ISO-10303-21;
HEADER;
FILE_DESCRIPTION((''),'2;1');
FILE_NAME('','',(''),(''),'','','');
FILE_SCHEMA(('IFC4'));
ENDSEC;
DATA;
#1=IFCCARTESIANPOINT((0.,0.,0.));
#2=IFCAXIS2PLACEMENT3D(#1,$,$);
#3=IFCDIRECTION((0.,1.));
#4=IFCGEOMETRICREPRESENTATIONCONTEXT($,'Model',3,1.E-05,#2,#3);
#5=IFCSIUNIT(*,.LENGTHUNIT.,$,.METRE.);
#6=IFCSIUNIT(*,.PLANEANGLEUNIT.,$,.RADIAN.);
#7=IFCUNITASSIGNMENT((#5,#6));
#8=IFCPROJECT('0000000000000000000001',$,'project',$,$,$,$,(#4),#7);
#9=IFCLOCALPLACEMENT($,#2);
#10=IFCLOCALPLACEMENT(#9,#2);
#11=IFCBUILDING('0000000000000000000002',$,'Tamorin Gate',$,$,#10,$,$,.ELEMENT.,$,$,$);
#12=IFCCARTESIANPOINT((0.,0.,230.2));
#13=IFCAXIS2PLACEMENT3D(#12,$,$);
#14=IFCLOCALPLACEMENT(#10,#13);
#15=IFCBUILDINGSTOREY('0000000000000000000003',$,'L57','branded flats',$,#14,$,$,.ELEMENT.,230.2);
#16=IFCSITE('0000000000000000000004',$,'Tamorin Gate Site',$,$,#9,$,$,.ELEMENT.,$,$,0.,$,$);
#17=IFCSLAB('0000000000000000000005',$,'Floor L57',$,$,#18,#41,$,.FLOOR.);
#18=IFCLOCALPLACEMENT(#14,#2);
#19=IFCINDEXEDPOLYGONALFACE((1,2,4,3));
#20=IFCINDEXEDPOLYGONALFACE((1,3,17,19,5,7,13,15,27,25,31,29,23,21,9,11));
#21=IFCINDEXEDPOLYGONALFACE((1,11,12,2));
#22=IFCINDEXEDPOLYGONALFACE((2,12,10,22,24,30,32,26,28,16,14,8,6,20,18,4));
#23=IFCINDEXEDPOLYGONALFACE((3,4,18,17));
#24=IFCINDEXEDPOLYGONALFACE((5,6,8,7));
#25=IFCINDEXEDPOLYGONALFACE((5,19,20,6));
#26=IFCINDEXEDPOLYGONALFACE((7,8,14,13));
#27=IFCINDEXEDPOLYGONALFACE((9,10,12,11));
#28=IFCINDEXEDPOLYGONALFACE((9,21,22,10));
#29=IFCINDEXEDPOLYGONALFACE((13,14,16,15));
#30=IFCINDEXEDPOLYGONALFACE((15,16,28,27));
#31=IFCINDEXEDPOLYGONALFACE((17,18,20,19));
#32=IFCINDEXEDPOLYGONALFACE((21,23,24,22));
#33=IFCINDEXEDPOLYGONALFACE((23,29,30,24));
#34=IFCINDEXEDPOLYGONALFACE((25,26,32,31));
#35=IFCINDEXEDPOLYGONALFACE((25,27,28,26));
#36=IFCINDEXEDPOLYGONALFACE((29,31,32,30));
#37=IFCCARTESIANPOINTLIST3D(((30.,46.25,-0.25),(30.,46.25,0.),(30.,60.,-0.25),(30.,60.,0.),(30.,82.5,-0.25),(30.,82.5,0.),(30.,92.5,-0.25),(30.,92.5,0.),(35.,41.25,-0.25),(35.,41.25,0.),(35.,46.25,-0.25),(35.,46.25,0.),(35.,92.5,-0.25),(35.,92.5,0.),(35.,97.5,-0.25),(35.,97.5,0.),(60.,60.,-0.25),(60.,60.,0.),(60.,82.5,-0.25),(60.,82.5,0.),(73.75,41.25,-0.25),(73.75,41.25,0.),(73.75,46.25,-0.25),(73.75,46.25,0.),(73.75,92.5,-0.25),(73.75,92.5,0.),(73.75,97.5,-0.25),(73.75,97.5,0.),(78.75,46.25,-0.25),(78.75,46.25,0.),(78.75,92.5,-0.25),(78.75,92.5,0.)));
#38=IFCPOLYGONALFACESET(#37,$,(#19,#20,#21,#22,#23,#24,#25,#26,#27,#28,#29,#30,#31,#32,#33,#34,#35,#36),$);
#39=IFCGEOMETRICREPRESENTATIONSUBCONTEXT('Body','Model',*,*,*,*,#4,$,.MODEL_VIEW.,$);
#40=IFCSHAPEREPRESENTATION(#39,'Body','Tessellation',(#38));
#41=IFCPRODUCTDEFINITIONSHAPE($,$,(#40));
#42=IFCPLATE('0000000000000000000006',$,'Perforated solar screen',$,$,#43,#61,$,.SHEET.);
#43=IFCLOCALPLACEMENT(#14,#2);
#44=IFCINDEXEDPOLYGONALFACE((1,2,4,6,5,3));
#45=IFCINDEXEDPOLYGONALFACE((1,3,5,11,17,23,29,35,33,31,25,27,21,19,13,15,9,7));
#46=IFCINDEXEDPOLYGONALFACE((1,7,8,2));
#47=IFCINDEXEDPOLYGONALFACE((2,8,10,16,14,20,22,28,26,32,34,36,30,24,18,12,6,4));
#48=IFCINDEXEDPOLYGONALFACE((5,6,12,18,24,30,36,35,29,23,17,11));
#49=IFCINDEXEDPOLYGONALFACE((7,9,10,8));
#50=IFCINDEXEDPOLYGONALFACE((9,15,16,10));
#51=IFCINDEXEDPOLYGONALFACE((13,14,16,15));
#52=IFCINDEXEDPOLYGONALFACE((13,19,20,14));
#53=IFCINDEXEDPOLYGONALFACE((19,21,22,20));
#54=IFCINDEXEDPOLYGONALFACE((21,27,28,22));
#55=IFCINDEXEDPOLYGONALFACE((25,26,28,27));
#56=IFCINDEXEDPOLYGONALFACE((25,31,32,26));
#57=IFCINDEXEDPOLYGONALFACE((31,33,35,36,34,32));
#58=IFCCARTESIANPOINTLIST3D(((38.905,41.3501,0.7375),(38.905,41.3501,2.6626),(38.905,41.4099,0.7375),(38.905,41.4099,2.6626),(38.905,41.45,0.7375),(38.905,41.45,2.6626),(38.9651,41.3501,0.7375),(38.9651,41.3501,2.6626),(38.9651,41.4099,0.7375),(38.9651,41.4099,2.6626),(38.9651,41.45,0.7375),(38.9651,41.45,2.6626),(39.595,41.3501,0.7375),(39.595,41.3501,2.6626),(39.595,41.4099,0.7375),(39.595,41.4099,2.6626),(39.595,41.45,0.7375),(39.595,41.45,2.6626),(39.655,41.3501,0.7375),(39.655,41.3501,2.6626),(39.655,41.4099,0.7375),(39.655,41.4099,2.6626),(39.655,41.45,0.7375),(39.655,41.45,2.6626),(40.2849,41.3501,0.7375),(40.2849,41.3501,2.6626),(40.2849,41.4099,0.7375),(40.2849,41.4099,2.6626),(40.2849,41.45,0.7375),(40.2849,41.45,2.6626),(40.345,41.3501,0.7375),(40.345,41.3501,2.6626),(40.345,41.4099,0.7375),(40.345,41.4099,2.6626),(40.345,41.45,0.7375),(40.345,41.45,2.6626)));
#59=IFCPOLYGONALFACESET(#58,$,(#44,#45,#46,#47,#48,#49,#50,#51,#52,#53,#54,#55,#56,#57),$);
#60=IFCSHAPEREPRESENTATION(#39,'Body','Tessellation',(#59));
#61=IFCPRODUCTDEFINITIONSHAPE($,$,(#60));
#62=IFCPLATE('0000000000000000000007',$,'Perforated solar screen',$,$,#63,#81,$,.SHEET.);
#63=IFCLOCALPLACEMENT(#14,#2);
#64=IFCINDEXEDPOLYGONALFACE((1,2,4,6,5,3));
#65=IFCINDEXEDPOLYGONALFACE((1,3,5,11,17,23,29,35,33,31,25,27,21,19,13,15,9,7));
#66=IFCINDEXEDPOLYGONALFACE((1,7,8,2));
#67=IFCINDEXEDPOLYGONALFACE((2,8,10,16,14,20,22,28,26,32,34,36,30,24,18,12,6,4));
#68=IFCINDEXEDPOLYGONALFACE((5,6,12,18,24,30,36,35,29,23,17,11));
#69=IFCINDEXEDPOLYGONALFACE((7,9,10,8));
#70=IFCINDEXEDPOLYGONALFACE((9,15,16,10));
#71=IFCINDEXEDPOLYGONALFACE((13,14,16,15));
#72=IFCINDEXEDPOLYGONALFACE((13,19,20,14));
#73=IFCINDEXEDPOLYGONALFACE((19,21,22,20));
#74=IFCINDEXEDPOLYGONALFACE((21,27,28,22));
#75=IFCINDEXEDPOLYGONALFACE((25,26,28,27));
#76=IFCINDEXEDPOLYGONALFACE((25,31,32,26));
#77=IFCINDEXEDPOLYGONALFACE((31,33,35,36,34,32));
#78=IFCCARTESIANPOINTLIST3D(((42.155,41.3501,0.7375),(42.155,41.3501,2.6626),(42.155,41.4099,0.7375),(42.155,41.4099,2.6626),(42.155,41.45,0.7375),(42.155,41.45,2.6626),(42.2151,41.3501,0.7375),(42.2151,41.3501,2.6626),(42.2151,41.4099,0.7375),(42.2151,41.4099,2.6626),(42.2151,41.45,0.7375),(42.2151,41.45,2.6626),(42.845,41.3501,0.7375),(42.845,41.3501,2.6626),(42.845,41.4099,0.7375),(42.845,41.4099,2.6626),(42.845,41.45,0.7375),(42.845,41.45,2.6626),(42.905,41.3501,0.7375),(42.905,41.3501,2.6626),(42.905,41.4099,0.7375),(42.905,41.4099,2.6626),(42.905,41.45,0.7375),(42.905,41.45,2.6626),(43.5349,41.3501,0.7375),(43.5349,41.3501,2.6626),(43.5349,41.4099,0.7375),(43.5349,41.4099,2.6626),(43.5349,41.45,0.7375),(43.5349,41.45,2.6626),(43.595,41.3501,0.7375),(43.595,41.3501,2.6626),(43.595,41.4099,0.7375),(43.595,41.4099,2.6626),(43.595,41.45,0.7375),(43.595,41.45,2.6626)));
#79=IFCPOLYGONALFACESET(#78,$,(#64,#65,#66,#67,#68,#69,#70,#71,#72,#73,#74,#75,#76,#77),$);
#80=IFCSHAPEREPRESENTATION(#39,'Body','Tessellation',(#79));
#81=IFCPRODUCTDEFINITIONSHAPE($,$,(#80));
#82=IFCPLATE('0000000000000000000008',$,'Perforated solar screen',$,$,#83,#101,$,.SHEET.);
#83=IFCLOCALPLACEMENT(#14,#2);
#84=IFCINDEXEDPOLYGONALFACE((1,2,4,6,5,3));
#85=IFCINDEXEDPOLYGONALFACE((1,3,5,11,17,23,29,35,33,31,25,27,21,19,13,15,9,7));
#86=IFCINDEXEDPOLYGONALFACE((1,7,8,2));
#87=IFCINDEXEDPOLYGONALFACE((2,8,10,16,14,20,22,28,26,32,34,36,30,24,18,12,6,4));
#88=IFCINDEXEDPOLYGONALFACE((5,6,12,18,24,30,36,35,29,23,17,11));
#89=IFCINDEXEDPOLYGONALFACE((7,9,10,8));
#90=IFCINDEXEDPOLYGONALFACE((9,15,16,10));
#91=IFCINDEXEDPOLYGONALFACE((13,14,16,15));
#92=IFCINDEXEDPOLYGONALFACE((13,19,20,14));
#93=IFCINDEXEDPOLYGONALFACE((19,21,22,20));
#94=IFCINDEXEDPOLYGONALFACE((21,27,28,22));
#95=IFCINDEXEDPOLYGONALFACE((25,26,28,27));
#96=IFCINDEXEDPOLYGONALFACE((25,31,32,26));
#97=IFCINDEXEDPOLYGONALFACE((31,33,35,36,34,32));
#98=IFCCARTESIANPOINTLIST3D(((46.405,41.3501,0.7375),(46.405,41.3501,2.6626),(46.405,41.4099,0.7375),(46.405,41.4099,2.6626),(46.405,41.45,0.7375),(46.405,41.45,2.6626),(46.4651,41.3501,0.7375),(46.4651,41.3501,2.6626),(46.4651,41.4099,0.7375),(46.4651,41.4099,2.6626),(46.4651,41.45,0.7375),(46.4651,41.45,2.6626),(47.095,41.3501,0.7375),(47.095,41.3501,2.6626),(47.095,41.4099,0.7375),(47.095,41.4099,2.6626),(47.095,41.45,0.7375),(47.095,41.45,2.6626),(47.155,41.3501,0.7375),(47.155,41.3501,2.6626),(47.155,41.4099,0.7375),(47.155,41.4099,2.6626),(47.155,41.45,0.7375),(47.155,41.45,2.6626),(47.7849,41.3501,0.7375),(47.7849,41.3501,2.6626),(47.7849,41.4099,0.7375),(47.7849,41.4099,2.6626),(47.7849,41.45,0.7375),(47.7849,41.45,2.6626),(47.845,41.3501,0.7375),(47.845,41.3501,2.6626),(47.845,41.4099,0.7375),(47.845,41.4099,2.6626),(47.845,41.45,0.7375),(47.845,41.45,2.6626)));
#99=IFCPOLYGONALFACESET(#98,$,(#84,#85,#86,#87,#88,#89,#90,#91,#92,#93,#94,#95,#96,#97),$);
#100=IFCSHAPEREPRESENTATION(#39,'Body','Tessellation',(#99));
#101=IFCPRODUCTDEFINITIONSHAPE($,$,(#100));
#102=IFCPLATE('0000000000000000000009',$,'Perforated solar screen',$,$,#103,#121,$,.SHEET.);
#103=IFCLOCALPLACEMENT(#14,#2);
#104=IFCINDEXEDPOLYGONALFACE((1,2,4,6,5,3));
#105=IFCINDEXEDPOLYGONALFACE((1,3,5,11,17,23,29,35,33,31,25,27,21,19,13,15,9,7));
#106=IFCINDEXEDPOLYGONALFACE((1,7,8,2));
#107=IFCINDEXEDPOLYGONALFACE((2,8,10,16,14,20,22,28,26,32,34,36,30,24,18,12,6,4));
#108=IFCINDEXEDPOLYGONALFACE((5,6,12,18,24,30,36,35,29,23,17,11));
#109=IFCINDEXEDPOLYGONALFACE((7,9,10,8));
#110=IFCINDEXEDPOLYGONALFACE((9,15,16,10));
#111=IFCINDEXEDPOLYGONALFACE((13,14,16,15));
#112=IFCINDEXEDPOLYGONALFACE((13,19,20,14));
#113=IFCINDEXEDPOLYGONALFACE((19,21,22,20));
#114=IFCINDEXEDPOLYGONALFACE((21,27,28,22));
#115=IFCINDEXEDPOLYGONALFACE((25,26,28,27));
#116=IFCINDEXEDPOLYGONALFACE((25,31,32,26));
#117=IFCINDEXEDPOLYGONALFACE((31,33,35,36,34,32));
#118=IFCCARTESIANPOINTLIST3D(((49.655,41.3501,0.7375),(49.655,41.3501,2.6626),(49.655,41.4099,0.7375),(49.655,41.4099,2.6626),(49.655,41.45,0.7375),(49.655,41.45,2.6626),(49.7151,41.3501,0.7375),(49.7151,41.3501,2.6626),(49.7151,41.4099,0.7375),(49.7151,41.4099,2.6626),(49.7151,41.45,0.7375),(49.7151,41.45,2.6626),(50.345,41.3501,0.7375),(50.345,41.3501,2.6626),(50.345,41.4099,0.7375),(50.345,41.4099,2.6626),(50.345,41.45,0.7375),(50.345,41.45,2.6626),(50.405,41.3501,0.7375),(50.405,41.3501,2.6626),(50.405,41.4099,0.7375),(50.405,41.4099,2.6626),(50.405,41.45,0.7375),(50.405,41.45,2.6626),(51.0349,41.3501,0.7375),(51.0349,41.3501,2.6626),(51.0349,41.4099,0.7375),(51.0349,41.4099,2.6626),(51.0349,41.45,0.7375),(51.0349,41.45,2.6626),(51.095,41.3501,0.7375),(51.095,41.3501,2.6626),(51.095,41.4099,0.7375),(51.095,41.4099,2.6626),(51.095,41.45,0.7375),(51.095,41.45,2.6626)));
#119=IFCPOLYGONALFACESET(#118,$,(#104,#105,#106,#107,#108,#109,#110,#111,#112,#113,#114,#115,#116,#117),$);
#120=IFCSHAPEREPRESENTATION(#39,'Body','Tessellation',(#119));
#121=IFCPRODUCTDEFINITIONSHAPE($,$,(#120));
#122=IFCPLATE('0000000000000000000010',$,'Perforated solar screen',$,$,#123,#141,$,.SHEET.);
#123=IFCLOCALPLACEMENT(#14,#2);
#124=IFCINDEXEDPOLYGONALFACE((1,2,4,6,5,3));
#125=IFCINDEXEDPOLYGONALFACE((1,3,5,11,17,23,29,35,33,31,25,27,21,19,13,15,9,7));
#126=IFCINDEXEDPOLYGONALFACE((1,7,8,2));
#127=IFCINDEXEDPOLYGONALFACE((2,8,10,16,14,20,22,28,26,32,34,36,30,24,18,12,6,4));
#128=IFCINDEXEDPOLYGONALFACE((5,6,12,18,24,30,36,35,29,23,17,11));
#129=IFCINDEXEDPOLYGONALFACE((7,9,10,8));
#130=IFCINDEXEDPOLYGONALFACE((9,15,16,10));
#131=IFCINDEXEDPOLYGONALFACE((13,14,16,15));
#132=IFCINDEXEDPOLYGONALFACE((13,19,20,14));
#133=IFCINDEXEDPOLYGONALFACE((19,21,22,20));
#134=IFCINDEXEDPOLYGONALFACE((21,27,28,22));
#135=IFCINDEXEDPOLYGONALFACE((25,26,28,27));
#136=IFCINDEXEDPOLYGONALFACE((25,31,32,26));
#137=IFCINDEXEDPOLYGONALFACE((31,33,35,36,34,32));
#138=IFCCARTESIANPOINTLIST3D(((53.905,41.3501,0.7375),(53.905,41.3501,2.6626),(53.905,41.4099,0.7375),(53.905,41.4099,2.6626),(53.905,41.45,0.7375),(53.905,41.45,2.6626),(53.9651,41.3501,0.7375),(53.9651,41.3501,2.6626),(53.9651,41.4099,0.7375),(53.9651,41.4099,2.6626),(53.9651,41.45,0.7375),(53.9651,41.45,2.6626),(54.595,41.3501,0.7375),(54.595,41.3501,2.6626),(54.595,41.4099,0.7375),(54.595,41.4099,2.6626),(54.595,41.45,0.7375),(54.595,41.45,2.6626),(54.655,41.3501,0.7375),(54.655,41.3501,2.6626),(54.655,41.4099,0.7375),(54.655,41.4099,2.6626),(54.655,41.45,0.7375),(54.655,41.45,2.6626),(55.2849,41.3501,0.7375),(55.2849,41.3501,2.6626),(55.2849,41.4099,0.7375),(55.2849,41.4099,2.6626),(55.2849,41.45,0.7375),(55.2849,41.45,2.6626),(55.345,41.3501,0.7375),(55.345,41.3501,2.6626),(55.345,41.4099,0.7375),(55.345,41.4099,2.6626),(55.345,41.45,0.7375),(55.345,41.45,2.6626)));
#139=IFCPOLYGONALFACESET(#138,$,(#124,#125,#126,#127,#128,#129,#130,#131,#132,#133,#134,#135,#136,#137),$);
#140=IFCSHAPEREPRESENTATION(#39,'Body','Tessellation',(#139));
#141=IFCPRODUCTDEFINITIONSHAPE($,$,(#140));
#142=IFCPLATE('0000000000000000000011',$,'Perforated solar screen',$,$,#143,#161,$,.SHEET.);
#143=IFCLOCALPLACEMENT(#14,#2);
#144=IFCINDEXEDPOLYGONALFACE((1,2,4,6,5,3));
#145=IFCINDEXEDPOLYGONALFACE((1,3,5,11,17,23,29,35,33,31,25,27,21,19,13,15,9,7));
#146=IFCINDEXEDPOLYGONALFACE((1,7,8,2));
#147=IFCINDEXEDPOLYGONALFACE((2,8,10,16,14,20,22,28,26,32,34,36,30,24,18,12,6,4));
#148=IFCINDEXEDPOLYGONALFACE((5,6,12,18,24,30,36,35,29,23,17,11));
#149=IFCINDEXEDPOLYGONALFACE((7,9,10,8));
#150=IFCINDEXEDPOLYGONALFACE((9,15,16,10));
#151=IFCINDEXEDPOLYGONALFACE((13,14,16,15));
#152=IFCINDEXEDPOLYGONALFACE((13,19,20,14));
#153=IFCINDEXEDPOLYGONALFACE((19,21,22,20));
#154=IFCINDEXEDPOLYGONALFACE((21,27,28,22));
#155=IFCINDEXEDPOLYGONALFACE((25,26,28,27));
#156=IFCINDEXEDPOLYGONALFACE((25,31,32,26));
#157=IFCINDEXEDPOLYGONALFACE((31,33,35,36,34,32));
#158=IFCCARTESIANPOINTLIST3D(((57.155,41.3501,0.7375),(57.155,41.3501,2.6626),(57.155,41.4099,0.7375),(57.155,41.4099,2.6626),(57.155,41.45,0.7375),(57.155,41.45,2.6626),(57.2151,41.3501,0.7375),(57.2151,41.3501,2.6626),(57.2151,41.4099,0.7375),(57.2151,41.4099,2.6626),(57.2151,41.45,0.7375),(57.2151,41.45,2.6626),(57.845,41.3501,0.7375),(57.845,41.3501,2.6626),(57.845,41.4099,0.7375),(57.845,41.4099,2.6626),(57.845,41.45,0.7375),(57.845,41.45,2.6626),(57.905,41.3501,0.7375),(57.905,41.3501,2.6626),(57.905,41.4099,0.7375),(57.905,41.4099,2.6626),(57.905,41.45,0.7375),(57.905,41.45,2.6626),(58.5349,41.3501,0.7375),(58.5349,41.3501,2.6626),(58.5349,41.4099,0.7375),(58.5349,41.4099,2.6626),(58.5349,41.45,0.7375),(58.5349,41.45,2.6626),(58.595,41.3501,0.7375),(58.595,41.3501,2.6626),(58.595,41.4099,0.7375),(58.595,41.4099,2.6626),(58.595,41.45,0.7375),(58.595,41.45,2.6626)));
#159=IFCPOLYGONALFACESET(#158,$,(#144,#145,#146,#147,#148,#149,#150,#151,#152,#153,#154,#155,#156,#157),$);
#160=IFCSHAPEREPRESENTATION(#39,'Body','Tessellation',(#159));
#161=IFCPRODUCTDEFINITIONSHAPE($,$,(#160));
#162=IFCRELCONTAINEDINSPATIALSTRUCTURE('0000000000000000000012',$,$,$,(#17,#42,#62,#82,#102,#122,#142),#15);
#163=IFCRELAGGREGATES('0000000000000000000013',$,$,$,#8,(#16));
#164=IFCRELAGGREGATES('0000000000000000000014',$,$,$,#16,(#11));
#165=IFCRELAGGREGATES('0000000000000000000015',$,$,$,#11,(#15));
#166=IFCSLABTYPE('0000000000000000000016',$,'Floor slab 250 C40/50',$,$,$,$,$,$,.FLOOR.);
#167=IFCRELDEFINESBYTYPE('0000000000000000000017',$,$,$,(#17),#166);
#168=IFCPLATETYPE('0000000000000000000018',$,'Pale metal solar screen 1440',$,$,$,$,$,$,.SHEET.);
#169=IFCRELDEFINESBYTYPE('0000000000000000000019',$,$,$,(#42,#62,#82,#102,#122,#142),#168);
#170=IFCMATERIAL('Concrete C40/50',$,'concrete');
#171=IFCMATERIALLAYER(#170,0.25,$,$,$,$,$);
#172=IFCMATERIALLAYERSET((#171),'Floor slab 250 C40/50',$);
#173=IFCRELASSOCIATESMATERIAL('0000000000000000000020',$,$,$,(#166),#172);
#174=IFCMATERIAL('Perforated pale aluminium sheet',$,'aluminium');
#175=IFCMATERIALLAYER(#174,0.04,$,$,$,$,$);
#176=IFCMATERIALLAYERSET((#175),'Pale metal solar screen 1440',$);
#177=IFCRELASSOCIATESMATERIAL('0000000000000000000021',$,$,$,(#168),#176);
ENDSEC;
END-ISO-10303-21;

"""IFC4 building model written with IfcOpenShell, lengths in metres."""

from ifc_helpers import new_model, si_unit, direction, frame, origin, place, context, subcontext, project, spatial, polyline, outline, extrude, material, layer, layer_set, type_object, element, save


model = new_model("IFC4")

# Units and contexts
model_context = context("Model", 3, precision=1e-05, world=origin(), true_north=direction((0.0, 1.0)))
body_context = subcontext(model_context, "Body", "Model", "MODEL_VIEW")
ifc_project = project(units=[si_unit("LENGTHUNIT", "METRE"), si_unit("PLANEANGLEUNIT", "RADIAN")], contexts=[model_context])

# Site, building, storey
site_placement = place(None, origin())
site = spatial("IfcSite", under=ifc_project, at=site_placement, Name="Tamorin Gate Site", CompositionType="ELEMENT", RefElevation=0.0)
building_placement = place(site_placement, origin())
building = spatial("IfcBuilding", under=site, at=building_placement, Name="Tamorin Gate", CompositionType="ELEMENT")
storey_placement = place(building_placement, frame((0.0, 0.0, 230.2)))
storey = spatial("IfcBuildingStorey", under=building, at=storey_placement, Name="L57", Description="branded flats", CompositionType="ELEMENT", Elevation=230.2)

# Slab
ifc_material_1 = material(Name="Concrete C40/50", Category="concrete")
ifc_layer_1 = layer(ifc_material_1, 0.25)
ifc_layer_set_1 = layer_set([ifc_layer_1], Name="Floor slab 250 C40/50")
slab_type = type_object("IfcSlabType", Name="Floor slab 250 C40/50", PredefinedType="FLOOR", material=ifc_layer_set_1)
slab_placement = place(storey_placement, frame((0.0, 0.0, -0.25)))
element("IfcSlab", 1, at=slab_placement, inside=storey, type_object=slab_type, Name="Floor L57", PredefinedType="FLOOR", context=body_context, shape_type="SweptSolid", body=[
    extrude(outline(polyline([(30.0, 92.5), (35.0, 92.5), (35.0, 97.5), (73.75, 97.5), (73.75, 92.5), (78.75, 92.5), (78.75, 46.25), (73.75, 46.25), (73.75, 41.25), (35.0, 41.25), (35.0, 46.25), (30.0, 46.25), (30.0, 60.0), (60.0, 60.0), (60.0, 82.5), (30.0, 82.5), (30.0, 92.5)])), origin(), (0.0, 0.0, 1.0), 0.25),
])

# Plates
ifc_material_2 = material(Name="Perforated pale aluminium sheet", Category="aluminium")
ifc_layer_2 = layer(ifc_material_2, 0.04)
ifc_layer_set_2 = layer_set([ifc_layer_2], Name="Pale metal solar screen 1440")
plate_type = type_object("IfcPlateType", Name="Pale metal solar screen 1440", PredefinedType="SHEET", material=ifc_layer_set_2)
plate_1_placement = place(storey_placement, frame((0.0, 0.0, 0.7375)))
element("IfcPlate", 2, at=plate_1_placement, inside=storey, type_object=plate_type, Name="Perforated solar screen", PredefinedType="SHEET", context=body_context, shape_type="SweptSolid", body=[
    extrude(outline(polyline([(38.905, 41.4099), (38.905, 41.45), (38.9651, 41.45), (39.595, 41.45), (39.655, 41.45), (40.2849, 41.45), (40.345, 41.45), (40.345, 41.45), (40.345, 41.4099), (40.345, 41.4099), (40.345, 41.3501), (40.2849, 41.3501), (40.2849, 41.4099), (39.655, 41.4099), (39.655, 41.3501), (39.595, 41.3501), (39.595, 41.4099), (38.9651, 41.4099), (38.9651, 41.3501), (38.905, 41.3501), (38.905, 41.4099)])), origin(), (0.0, 0.0, 1.0), 1.925),
])
plate_2_placement = place(storey_placement, frame((0.0, 0.0, 0.7375)))
element("IfcPlate", 3, at=plate_2_placement, inside=storey, type_object=plate_type, Name="Perforated solar screen", PredefinedType="SHEET", context=body_context, shape_type="SweptSolid", body=[
    extrude(outline(polyline([(42.155, 41.4099), (42.155, 41.45), (42.2151, 41.45), (42.845, 41.45), (42.905, 41.45), (43.5349, 41.45), (43.595, 41.45), (43.595, 41.4099), (43.595, 41.3501), (43.5349, 41.3501), (43.5349, 41.4099), (42.905, 41.4099), (42.905, 41.3501), (42.845, 41.3501), (42.845, 41.4099), (42.2151, 41.4099), (42.2151, 41.3501), (42.155, 41.3501), (42.155, 41.4099)])), origin(), (0.0, 0.0, 1.0), 1.925),
])
plate_3_placement = place(storey_placement, frame((0.0, 0.0, 0.7375)))
element("IfcPlate", 4, at=plate_3_placement, inside=storey, type_object=plate_type, Name="Perforated solar screen", PredefinedType="SHEET", context=body_context, shape_type="SweptSolid", body=[
    extrude(outline(polyline([(46.405, 41.4099), (46.405, 41.45), (46.4651, 41.45), (47.095, 41.45), (47.155, 41.45), (47.7849, 41.45), (47.845, 41.45), (47.845, 41.4099), (47.845, 41.3501), (47.7849, 41.3501), (47.7849, 41.4099), (47.155, 41.4099), (47.155, 41.3501), (47.095, 41.3501), (47.095, 41.4099), (46.4651, 41.4099), (46.4651, 41.3501), (46.405, 41.3501), (46.405, 41.4099)])), origin(), (0.0, 0.0, 1.0), 1.925),
])
plate_4_placement = place(storey_placement, frame((0.0, 0.0, 0.7375)))
element("IfcPlate", 5, at=plate_4_placement, inside=storey, type_object=plate_type, Name="Perforated solar screen", PredefinedType="SHEET", context=body_context, shape_type="SweptSolid", body=[
    extrude(outline(polyline([(49.655, 41.4099), (49.655, 41.45), (49.7151, 41.45), (50.345, 41.45), (50.405, 41.45), (51.0349, 41.45), (51.095, 41.45), (51.095, 41.4099), (51.095, 41.3501), (51.0349, 41.3501), (51.0349, 41.4099), (50.405, 41.4099), (50.405, 41.3501), (50.345, 41.3501), (50.345, 41.4099), (49.7151, 41.4099), (49.7151, 41.3501), (49.655, 41.3501), (49.655, 41.4099)])), origin(), (0.0, 0.0, 1.0), 1.925),
])
plate_5_placement = place(storey_placement, frame((0.0, 0.0, 0.7375)))
element("IfcPlate", 6, at=plate_5_placement, inside=storey, type_object=plate_type, Name="Perforated solar screen", PredefinedType="SHEET", context=body_context, shape_type="SweptSolid", body=[
    extrude(outline(polyline([(53.905, 41.4099), (53.905, 41.45), (53.9651, 41.45), (54.595, 41.45), (54.655, 41.45), (55.2849, 41.45), (55.345, 41.45), (55.345, 41.4099), (55.345, 41.3501), (55.2849, 41.3501), (55.2849, 41.4099), (54.655, 41.4099), (54.655, 41.3501), (54.595, 41.3501), (54.595, 41.4099), (53.9651, 41.4099), (53.9651, 41.3501), (53.905, 41.3501), (53.905, 41.4099)])), origin(), (0.0, 0.0, 1.0), 1.925),
])
plate_6_placement = place(storey_placement, frame((0.0, 0.0, 0.7375)))
element("IfcPlate", 7, at=plate_6_placement, inside=storey, type_object=plate_type, Name="Perforated solar screen", PredefinedType="SHEET", context=body_context, shape_type="SweptSolid", body=[
    extrude(outline(polyline([(57.155, 41.4099), (57.155, 41.45), (57.2151, 41.45), (57.845, 41.45), (57.905, 41.45), (58.5349, 41.45), (58.595, 41.45), (58.595, 41.4099), (58.595, 41.3501), (58.5349, 41.3501), (58.5349, 41.4099), (57.905, 41.4099), (57.905, 41.3501), (57.845, 41.3501), (57.845, 41.4099), (57.2151, 41.4099), (57.2151, 41.3501), (57.155, 41.3501), (57.155, 41.4099)])), origin(), (0.0, 0.0, 1.0), 1.925),
])

save(model, "model.ifc")
